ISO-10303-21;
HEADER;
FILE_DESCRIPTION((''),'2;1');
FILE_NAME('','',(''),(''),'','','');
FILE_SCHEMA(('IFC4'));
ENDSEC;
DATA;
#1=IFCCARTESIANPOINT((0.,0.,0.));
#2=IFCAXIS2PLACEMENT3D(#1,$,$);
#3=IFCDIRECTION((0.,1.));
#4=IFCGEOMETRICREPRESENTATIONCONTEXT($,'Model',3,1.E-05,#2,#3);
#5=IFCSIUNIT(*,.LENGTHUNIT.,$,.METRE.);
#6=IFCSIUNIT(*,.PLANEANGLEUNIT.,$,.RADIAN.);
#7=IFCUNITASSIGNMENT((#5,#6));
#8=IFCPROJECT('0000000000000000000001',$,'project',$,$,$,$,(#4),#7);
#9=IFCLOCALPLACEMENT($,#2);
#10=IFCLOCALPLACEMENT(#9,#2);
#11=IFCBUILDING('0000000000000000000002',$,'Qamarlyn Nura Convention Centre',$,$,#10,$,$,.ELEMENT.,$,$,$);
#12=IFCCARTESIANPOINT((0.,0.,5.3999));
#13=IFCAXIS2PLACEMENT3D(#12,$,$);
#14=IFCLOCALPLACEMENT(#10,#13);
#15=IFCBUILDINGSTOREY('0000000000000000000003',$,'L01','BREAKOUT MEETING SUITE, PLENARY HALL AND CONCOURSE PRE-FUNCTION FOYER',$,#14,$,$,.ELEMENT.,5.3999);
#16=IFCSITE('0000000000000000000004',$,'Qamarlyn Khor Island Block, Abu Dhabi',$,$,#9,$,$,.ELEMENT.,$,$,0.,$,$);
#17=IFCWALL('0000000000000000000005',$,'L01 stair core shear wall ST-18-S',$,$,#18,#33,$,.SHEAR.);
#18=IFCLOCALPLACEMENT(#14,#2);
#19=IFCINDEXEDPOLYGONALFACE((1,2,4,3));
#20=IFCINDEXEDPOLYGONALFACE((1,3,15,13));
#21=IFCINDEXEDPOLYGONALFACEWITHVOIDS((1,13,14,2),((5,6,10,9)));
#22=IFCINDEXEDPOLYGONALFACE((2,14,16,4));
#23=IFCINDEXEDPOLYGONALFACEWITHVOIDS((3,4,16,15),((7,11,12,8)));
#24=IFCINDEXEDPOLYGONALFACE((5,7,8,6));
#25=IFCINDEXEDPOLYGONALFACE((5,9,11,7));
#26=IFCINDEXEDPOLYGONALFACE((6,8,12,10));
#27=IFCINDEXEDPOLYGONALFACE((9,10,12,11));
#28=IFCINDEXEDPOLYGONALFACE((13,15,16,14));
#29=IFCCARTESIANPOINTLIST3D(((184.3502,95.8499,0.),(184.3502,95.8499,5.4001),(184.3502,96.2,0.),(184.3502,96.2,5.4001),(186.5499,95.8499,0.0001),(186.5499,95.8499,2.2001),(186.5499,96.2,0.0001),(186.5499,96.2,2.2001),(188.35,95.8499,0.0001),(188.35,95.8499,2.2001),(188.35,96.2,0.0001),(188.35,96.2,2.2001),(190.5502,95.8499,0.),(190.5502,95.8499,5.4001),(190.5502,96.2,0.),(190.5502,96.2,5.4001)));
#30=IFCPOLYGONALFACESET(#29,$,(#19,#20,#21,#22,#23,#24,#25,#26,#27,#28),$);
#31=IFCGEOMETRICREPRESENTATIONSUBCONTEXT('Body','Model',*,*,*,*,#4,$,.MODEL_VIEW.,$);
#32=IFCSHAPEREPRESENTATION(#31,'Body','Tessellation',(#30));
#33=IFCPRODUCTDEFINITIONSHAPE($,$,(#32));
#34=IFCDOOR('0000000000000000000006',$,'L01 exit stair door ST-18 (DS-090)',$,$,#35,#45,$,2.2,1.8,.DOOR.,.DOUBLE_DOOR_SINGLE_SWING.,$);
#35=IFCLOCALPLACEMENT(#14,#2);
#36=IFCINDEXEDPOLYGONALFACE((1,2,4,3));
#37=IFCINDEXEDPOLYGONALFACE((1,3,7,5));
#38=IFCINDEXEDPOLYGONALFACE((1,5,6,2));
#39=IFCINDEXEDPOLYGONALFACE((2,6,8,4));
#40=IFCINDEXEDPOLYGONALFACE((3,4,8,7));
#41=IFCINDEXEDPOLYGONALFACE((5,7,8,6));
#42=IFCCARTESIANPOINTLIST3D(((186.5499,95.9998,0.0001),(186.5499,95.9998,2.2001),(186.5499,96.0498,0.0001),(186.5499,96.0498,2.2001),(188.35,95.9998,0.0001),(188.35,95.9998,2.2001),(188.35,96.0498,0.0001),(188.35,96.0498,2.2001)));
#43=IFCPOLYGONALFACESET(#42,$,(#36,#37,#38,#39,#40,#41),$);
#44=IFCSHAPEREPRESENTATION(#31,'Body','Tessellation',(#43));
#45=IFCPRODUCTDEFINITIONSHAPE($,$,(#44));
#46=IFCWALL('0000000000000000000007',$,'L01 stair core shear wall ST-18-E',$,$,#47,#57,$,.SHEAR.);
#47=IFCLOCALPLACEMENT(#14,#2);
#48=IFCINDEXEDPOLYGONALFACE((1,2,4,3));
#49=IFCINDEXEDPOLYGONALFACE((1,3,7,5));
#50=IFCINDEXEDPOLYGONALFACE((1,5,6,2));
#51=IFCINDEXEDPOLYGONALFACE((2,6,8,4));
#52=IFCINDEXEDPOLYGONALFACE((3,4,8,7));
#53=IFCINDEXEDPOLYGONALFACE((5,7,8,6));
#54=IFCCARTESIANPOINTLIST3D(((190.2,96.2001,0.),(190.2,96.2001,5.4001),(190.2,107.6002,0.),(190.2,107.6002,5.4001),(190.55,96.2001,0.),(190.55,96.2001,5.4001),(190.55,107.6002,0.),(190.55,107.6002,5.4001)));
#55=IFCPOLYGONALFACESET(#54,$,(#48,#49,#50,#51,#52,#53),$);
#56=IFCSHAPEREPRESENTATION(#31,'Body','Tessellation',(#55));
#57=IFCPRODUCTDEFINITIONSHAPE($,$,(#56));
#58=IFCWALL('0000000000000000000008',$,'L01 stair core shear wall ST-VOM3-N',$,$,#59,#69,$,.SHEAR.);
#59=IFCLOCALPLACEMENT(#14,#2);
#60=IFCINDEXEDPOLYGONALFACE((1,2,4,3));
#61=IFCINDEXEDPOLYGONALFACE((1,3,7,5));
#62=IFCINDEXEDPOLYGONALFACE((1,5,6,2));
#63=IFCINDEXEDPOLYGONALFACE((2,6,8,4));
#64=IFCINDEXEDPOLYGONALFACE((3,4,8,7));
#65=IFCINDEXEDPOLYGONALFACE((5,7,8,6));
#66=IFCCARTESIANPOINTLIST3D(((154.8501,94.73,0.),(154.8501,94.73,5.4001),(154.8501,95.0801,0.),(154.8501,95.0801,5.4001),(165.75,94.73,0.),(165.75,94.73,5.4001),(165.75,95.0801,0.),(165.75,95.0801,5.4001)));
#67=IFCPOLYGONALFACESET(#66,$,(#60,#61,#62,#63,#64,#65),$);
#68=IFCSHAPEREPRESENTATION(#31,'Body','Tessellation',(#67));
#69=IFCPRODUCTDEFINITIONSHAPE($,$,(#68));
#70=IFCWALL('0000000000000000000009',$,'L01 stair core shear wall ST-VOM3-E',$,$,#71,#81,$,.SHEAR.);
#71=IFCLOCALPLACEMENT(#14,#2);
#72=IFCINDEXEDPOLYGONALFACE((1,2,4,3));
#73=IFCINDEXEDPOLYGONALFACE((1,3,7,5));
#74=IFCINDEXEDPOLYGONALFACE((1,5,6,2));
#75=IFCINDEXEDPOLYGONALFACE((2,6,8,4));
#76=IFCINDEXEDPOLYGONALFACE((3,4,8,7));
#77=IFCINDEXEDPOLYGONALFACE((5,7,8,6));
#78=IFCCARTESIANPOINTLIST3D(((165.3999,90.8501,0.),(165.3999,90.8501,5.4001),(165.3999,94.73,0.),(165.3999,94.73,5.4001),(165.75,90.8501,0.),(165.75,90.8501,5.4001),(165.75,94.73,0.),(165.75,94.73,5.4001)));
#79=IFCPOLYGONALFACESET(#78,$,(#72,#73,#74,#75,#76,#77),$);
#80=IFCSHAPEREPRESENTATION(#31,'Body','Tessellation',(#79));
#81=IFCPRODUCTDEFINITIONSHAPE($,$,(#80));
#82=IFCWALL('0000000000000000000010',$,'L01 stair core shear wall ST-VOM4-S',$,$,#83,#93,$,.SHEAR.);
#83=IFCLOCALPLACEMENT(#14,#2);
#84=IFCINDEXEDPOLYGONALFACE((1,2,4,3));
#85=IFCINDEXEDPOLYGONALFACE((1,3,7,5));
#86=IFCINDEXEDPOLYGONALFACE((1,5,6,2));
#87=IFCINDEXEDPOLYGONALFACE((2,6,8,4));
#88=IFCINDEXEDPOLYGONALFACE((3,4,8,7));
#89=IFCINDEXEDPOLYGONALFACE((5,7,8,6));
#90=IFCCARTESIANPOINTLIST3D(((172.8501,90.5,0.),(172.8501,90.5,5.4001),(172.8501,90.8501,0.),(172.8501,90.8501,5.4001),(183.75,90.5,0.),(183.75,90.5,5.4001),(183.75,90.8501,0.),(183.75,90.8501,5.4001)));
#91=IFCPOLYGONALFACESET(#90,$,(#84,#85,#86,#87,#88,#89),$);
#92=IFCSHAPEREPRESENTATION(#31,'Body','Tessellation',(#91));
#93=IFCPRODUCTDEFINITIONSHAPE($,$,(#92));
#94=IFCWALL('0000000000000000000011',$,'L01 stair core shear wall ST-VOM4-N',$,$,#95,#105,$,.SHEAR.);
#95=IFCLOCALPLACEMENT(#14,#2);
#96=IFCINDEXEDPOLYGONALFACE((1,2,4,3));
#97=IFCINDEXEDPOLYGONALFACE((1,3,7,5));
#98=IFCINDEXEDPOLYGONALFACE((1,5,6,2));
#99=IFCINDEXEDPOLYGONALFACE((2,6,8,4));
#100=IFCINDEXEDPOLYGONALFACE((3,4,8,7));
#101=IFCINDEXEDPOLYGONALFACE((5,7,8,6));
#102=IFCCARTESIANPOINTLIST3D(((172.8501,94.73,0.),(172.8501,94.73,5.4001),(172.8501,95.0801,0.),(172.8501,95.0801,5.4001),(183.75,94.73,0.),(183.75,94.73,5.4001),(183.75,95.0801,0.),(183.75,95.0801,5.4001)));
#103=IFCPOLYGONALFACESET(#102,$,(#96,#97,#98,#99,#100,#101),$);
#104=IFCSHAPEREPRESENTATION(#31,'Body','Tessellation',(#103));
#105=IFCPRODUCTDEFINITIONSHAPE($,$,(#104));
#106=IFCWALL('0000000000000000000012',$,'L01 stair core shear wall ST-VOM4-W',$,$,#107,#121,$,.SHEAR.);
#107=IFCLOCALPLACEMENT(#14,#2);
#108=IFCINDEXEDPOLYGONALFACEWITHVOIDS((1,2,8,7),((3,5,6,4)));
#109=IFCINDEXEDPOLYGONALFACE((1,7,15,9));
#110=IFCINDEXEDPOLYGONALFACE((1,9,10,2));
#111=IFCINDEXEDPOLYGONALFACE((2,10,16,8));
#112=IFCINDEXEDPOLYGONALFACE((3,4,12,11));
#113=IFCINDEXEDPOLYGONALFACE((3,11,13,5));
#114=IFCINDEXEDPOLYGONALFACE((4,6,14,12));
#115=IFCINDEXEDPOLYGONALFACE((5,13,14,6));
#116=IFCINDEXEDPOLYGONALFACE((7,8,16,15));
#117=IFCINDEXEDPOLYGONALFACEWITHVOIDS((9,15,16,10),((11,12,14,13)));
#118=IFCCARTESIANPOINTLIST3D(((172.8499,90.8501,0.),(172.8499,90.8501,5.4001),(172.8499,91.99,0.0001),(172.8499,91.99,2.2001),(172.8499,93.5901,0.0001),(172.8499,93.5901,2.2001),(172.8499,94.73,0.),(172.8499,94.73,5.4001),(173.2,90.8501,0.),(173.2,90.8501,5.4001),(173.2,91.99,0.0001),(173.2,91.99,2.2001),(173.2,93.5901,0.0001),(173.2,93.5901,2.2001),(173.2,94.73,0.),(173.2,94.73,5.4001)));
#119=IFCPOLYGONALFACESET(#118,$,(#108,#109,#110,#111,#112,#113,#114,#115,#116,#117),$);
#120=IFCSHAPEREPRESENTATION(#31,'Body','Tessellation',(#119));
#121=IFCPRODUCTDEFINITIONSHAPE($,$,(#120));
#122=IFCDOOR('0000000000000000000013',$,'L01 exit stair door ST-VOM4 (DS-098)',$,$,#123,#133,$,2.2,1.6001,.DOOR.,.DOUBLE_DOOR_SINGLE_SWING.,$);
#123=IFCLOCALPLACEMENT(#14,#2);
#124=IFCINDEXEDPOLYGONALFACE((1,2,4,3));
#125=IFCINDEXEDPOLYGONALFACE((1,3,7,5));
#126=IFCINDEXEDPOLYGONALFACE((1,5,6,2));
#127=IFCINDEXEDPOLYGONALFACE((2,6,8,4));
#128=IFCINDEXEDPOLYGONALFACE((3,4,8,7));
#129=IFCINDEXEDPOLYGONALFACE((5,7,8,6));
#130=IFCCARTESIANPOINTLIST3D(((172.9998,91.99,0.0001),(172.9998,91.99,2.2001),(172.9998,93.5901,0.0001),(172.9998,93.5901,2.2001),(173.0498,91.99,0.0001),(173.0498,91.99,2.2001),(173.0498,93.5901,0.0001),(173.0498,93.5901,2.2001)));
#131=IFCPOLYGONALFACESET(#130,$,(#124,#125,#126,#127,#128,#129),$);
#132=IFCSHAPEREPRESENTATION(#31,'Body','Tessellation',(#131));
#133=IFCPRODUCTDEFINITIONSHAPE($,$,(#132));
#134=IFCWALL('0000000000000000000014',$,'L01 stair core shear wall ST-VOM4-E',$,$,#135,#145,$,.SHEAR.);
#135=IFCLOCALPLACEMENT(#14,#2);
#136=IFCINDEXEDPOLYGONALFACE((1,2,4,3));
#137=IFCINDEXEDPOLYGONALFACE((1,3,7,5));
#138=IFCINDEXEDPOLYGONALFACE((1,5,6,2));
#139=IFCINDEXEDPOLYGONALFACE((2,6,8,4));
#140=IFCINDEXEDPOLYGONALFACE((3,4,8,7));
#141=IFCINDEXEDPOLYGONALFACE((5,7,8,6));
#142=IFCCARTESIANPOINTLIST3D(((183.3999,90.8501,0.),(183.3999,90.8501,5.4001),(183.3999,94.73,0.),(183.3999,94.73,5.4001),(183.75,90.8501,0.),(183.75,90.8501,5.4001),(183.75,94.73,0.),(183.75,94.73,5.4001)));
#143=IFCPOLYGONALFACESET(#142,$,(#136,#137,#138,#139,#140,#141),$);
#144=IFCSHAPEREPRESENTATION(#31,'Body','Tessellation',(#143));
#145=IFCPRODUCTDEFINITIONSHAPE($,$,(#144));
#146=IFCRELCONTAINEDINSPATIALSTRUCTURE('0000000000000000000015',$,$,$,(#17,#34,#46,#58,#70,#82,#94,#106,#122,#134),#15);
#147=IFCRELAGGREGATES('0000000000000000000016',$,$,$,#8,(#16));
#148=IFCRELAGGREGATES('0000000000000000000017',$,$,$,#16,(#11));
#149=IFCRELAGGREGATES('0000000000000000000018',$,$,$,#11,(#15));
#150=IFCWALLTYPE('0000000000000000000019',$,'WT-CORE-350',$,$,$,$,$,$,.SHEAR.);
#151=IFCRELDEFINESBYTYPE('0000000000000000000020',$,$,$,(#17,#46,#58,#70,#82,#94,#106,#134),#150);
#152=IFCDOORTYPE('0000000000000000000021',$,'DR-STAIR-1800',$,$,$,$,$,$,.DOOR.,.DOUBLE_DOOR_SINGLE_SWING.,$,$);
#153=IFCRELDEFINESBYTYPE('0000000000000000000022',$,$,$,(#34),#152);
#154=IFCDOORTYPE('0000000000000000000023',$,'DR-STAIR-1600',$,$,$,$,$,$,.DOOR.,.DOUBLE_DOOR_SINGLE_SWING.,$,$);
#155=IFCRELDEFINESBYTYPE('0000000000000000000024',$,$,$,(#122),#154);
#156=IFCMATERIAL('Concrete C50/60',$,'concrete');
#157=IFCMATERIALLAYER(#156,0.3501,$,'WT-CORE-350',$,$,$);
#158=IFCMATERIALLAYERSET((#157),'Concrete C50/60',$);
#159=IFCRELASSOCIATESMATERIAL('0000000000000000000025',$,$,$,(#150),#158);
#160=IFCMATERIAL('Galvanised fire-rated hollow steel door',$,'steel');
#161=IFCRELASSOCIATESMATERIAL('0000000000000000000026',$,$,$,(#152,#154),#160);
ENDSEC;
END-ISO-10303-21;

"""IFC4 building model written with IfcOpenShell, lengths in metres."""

from ifc_helpers import new_model, si_unit, direction, frame, frame_2d, origin, place, context, subcontext, project, spatial, rectangle, extrude, material, layer, layer_set, type_object, element, fill, save


model = new_model("IFC4")

# Units and contexts
model_context = context("Model", 3, precision=1e-05, world=origin(), true_north=direction((0.0, 1.0)))
body_context = subcontext(model_context, "Body", "Model", "MODEL_VIEW")
ifc_project = project(units=[si_unit("LENGTHUNIT", "METRE"), si_unit("PLANEANGLEUNIT", "RADIAN")], contexts=[model_context])

# Site, building, storey
site_placement = place(None, origin())
site = spatial("IfcSite", under=ifc_project, at=site_placement, Name="Qamarlyn Khor Island Block, Abu Dhabi", CompositionType="ELEMENT", RefElevation=0.0)
building_placement = place(site_placement, origin())
building = spatial("IfcBuilding", under=site, at=building_placement, Name="Qamarlyn Nura Convention Centre", CompositionType="ELEMENT")
storey_placement = place(building_placement, frame((0.0, 0.0, 5.3999)))
storey = spatial("IfcBuildingStorey", under=building, at=storey_placement, Name="L01", Description="BREAKOUT MEETING SUITE, PLENARY HALL AND CONCOURSE PRE-FUNCTION FOYER", CompositionType="ELEMENT", Elevation=5.3999)

# Wall, opening, door
ifc_material_1 = material(Name="Concrete C50/60", Category="concrete")
ifc_layer_1 = layer(ifc_material_1, 0.3501, Name="WT-CORE-350")
ifc_layer_set_1 = layer_set([ifc_layer_1], Name="Concrete C50/60")
wall_type = type_object("IfcWallType", Name="WT-CORE-350", PredefinedType="SHEAR", material=ifc_layer_set_1)
wall_1_placement = place(storey_placement, frame((184.3501, 96.0249, 0.0), z_axis=(0.0, 0.0, 1.0), x_axis=(1.0, 0.0, 0.0)))
wall_1 = element("IfcWall", 1, at=wall_1_placement, inside=storey, type_object=wall_type, Name="L01 stair core shear wall ST-18-S", PredefinedType="SHEAR", context=body_context, shape_type="SweptSolid", body=[
    extrude(rectangle(XDim=6.2, YDim=0.3501, at=frame_2d((3.1001, 0.0))), origin(), (0.0, 0.0, 1.0), 5.4001),
])
opening_1_placement = place(wall_1_placement, frame((2.2, 0.0, 0.0)))
opening_1 = element("IfcOpeningElement", 2, at=opening_1_placement, cuts=wall_1, PredefinedType="OPENING", context=body_context, shape_type="SweptSolid", body=[
    extrude(rectangle(XDim=1.8, YDim=2.2, at=frame_2d((0.8999, 1.1001))), frame((0.0, 0.1851, 0.0), z_axis=(0.0, -1.0, 0.0), x_axis=(1.0, 0.0, 0.0)), (0.0, 0.0, 1.0), 0.3701),
])
ifc_material_2 = material(Name="Galvanised fire-rated hollow steel door", Category="steel")
door_type_1 = type_object("IfcDoorType", Name="DR-STAIR-1800", OperationType="DOUBLE_DOOR_SINGLE_SWING", PredefinedType="DOOR", material=ifc_material_2)
door_1_placement = place(opening_1_placement, origin())
door_1 = element("IfcDoor", 3, at=door_1_placement, inside=storey, type_object=door_type_1, Name="L01 exit stair door ST-18 (DS-090)", OperationType="DOUBLE_DOOR_SINGLE_SWING", OverallHeight=2.2, OverallWidth=1.8, PredefinedType="DOOR", context=body_context, shape_type="SweptSolid", body=[
    extrude(rectangle(XDim=1.8, YDim=2.2, at=frame_2d((0.8999, 1.1001))), frame((0.0, 0.0249, 0.0), z_axis=(0.0, -1.0, 0.0), x_axis=(1.0, 0.0, 0.0)), (0.0, 0.0, 1.0), 0.05),
])
fill(opening_1, door_1)

# Walls
wall_2_placement = place(storey_placement, frame((190.375, 96.2, 0.0), z_axis=(0.0, 0.0, 1.0), x_axis=(0.0, 1.0, 0.0)))
element("IfcWall", 4, at=wall_2_placement, inside=storey, type_object=wall_type, Name="L01 stair core shear wall ST-18-E", PredefinedType="SHEAR", context=body_context, shape_type="SweptSolid", body=[
    extrude(rectangle(XDim=11.4001, YDim=0.3501, at=frame_2d((5.7002, 0.0))), origin(), (0.0, 0.0, 1.0), 5.4001),
])
wall_3_placement = place(storey_placement, frame((165.75, 94.905, 0.0), z_axis=(0.0, 0.0, 1.0), x_axis=(-1.0, 0.0, 0.0)))
element("IfcWall", 5, at=wall_3_placement, inside=storey, type_object=wall_type, Name="L01 stair core shear wall ST-VOM3-N", PredefinedType="SHEAR", context=body_context, shape_type="SweptSolid", body=[
    extrude(rectangle(XDim=10.8999, YDim=0.3501, at=frame_2d((5.45, 0.0))), origin(), (0.0, 0.0, 1.0), 5.4001),
])
wall_4_placement = place(storey_placement, frame((165.575, 90.8501, 0.0), z_axis=(0.0, 0.0, 1.0), x_axis=(0.0, 1.0, 0.0)))
element("IfcWall", 6, at=wall_4_placement, inside=storey, type_object=wall_type, Name="L01 stair core shear wall ST-VOM3-E", PredefinedType="SHEAR", context=body_context, shape_type="SweptSolid", body=[
    extrude(rectangle(XDim=3.8799, YDim=0.3501, at=frame_2d((1.9399, 0.0))), origin(), (0.0, 0.0, 1.0), 5.4001),
])
for number, where, z_axis, x_axis, name in (
    (7, (172.8501, 90.675, 0.0), (0.0, 0.0, 1.0), (1.0, 0.0, 0.0), "L01 stair core shear wall ST-VOM4-S"),
    (8, (183.75, 94.905, 0.0), (0.0, 0.0, 1.0), (-1.0, 0.0, 0.0), "L01 stair core shear wall ST-VOM4-N"),
):
    element("IfcWall", number, at=place(storey_placement, frame(where, z_axis=z_axis, x_axis=x_axis)), inside=storey, type_object=wall_type, Name=name, PredefinedType="SHEAR", context=body_context, shape_type="SweptSolid", body=[
        extrude(rectangle(XDim=10.8999, YDim=0.3501, at=frame_2d((5.45, 0.0))), origin(), (0.0, 0.0, 1.0), 5.4001),
    ])

# Wall, opening, door
wall_5_placement = place(storey_placement, frame((173.0249, 94.73, 0.0), z_axis=(0.0, 0.0, 1.0), x_axis=(0.0, -1.0, 0.0)))
wall_5 = element("IfcWall", 9, at=wall_5_placement, inside=storey, type_object=wall_type, Name="L01 stair core shear wall ST-VOM4-W", PredefinedType="SHEAR", context=body_context, shape_type="SweptSolid", body=[
    extrude(rectangle(XDim=3.8799, YDim=0.3501, at=frame_2d((1.9399, 0.0))), origin(), (0.0, 0.0, 1.0), 5.4001),
])
opening_2_placement = place(wall_5_placement, frame((1.1399, 0.0, 0.0)))
opening_2 = element("IfcOpeningElement", 10, at=opening_2_placement, cuts=wall_5, PredefinedType="OPENING", context=body_context, shape_type="SweptSolid", body=[
    extrude(rectangle(XDim=1.6001, YDim=2.2, at=frame_2d((0.8, 1.1001))), frame((0.0, 0.1851, 0.0), z_axis=(0.0, -1.0, 0.0), x_axis=(1.0, 0.0, 0.0)), (0.0, 0.0, 1.0), 0.3701),
])
door_type_2 = type_object("IfcDoorType", Name="DR-STAIR-1600", OperationType="DOUBLE_DOOR_SINGLE_SWING", PredefinedType="DOOR", material=ifc_material_2)
door_2_placement = place(opening_2_placement, origin())
door_2 = element("IfcDoor", 11, at=door_2_placement, inside=storey, type_object=door_type_2, Name="L01 exit stair door ST-VOM4 (DS-098)", OperationType="DOUBLE_DOOR_SINGLE_SWING", OverallHeight=2.2, OverallWidth=1.6001, PredefinedType="DOOR", context=body_context, shape_type="SweptSolid", body=[
    extrude(rectangle(XDim=1.6001, YDim=2.2, at=frame_2d((0.8, 1.1001))), frame((0.0, 0.0249, 0.0), z_axis=(0.0, -1.0, 0.0), x_axis=(1.0, 0.0, 0.0)), (0.0, 0.0, 1.0), 0.05),
])
fill(opening_2, door_2)

# Wall
wall_6_placement = place(storey_placement, frame((183.575, 90.8501, 0.0), z_axis=(0.0, 0.0, 1.0), x_axis=(0.0, 1.0, 0.0)))
element("IfcWall", 12, at=wall_6_placement, inside=storey, type_object=wall_type, Name="L01 stair core shear wall ST-VOM4-E", PredefinedType="SHEAR", context=body_context, shape_type="SweptSolid", body=[
    extrude(rectangle(XDim=3.8799, YDim=0.3501, at=frame_2d((1.9399, 0.0))), origin(), (0.0, 0.0, 1.0), 5.4001),
])

save(model, "model.ifc")
